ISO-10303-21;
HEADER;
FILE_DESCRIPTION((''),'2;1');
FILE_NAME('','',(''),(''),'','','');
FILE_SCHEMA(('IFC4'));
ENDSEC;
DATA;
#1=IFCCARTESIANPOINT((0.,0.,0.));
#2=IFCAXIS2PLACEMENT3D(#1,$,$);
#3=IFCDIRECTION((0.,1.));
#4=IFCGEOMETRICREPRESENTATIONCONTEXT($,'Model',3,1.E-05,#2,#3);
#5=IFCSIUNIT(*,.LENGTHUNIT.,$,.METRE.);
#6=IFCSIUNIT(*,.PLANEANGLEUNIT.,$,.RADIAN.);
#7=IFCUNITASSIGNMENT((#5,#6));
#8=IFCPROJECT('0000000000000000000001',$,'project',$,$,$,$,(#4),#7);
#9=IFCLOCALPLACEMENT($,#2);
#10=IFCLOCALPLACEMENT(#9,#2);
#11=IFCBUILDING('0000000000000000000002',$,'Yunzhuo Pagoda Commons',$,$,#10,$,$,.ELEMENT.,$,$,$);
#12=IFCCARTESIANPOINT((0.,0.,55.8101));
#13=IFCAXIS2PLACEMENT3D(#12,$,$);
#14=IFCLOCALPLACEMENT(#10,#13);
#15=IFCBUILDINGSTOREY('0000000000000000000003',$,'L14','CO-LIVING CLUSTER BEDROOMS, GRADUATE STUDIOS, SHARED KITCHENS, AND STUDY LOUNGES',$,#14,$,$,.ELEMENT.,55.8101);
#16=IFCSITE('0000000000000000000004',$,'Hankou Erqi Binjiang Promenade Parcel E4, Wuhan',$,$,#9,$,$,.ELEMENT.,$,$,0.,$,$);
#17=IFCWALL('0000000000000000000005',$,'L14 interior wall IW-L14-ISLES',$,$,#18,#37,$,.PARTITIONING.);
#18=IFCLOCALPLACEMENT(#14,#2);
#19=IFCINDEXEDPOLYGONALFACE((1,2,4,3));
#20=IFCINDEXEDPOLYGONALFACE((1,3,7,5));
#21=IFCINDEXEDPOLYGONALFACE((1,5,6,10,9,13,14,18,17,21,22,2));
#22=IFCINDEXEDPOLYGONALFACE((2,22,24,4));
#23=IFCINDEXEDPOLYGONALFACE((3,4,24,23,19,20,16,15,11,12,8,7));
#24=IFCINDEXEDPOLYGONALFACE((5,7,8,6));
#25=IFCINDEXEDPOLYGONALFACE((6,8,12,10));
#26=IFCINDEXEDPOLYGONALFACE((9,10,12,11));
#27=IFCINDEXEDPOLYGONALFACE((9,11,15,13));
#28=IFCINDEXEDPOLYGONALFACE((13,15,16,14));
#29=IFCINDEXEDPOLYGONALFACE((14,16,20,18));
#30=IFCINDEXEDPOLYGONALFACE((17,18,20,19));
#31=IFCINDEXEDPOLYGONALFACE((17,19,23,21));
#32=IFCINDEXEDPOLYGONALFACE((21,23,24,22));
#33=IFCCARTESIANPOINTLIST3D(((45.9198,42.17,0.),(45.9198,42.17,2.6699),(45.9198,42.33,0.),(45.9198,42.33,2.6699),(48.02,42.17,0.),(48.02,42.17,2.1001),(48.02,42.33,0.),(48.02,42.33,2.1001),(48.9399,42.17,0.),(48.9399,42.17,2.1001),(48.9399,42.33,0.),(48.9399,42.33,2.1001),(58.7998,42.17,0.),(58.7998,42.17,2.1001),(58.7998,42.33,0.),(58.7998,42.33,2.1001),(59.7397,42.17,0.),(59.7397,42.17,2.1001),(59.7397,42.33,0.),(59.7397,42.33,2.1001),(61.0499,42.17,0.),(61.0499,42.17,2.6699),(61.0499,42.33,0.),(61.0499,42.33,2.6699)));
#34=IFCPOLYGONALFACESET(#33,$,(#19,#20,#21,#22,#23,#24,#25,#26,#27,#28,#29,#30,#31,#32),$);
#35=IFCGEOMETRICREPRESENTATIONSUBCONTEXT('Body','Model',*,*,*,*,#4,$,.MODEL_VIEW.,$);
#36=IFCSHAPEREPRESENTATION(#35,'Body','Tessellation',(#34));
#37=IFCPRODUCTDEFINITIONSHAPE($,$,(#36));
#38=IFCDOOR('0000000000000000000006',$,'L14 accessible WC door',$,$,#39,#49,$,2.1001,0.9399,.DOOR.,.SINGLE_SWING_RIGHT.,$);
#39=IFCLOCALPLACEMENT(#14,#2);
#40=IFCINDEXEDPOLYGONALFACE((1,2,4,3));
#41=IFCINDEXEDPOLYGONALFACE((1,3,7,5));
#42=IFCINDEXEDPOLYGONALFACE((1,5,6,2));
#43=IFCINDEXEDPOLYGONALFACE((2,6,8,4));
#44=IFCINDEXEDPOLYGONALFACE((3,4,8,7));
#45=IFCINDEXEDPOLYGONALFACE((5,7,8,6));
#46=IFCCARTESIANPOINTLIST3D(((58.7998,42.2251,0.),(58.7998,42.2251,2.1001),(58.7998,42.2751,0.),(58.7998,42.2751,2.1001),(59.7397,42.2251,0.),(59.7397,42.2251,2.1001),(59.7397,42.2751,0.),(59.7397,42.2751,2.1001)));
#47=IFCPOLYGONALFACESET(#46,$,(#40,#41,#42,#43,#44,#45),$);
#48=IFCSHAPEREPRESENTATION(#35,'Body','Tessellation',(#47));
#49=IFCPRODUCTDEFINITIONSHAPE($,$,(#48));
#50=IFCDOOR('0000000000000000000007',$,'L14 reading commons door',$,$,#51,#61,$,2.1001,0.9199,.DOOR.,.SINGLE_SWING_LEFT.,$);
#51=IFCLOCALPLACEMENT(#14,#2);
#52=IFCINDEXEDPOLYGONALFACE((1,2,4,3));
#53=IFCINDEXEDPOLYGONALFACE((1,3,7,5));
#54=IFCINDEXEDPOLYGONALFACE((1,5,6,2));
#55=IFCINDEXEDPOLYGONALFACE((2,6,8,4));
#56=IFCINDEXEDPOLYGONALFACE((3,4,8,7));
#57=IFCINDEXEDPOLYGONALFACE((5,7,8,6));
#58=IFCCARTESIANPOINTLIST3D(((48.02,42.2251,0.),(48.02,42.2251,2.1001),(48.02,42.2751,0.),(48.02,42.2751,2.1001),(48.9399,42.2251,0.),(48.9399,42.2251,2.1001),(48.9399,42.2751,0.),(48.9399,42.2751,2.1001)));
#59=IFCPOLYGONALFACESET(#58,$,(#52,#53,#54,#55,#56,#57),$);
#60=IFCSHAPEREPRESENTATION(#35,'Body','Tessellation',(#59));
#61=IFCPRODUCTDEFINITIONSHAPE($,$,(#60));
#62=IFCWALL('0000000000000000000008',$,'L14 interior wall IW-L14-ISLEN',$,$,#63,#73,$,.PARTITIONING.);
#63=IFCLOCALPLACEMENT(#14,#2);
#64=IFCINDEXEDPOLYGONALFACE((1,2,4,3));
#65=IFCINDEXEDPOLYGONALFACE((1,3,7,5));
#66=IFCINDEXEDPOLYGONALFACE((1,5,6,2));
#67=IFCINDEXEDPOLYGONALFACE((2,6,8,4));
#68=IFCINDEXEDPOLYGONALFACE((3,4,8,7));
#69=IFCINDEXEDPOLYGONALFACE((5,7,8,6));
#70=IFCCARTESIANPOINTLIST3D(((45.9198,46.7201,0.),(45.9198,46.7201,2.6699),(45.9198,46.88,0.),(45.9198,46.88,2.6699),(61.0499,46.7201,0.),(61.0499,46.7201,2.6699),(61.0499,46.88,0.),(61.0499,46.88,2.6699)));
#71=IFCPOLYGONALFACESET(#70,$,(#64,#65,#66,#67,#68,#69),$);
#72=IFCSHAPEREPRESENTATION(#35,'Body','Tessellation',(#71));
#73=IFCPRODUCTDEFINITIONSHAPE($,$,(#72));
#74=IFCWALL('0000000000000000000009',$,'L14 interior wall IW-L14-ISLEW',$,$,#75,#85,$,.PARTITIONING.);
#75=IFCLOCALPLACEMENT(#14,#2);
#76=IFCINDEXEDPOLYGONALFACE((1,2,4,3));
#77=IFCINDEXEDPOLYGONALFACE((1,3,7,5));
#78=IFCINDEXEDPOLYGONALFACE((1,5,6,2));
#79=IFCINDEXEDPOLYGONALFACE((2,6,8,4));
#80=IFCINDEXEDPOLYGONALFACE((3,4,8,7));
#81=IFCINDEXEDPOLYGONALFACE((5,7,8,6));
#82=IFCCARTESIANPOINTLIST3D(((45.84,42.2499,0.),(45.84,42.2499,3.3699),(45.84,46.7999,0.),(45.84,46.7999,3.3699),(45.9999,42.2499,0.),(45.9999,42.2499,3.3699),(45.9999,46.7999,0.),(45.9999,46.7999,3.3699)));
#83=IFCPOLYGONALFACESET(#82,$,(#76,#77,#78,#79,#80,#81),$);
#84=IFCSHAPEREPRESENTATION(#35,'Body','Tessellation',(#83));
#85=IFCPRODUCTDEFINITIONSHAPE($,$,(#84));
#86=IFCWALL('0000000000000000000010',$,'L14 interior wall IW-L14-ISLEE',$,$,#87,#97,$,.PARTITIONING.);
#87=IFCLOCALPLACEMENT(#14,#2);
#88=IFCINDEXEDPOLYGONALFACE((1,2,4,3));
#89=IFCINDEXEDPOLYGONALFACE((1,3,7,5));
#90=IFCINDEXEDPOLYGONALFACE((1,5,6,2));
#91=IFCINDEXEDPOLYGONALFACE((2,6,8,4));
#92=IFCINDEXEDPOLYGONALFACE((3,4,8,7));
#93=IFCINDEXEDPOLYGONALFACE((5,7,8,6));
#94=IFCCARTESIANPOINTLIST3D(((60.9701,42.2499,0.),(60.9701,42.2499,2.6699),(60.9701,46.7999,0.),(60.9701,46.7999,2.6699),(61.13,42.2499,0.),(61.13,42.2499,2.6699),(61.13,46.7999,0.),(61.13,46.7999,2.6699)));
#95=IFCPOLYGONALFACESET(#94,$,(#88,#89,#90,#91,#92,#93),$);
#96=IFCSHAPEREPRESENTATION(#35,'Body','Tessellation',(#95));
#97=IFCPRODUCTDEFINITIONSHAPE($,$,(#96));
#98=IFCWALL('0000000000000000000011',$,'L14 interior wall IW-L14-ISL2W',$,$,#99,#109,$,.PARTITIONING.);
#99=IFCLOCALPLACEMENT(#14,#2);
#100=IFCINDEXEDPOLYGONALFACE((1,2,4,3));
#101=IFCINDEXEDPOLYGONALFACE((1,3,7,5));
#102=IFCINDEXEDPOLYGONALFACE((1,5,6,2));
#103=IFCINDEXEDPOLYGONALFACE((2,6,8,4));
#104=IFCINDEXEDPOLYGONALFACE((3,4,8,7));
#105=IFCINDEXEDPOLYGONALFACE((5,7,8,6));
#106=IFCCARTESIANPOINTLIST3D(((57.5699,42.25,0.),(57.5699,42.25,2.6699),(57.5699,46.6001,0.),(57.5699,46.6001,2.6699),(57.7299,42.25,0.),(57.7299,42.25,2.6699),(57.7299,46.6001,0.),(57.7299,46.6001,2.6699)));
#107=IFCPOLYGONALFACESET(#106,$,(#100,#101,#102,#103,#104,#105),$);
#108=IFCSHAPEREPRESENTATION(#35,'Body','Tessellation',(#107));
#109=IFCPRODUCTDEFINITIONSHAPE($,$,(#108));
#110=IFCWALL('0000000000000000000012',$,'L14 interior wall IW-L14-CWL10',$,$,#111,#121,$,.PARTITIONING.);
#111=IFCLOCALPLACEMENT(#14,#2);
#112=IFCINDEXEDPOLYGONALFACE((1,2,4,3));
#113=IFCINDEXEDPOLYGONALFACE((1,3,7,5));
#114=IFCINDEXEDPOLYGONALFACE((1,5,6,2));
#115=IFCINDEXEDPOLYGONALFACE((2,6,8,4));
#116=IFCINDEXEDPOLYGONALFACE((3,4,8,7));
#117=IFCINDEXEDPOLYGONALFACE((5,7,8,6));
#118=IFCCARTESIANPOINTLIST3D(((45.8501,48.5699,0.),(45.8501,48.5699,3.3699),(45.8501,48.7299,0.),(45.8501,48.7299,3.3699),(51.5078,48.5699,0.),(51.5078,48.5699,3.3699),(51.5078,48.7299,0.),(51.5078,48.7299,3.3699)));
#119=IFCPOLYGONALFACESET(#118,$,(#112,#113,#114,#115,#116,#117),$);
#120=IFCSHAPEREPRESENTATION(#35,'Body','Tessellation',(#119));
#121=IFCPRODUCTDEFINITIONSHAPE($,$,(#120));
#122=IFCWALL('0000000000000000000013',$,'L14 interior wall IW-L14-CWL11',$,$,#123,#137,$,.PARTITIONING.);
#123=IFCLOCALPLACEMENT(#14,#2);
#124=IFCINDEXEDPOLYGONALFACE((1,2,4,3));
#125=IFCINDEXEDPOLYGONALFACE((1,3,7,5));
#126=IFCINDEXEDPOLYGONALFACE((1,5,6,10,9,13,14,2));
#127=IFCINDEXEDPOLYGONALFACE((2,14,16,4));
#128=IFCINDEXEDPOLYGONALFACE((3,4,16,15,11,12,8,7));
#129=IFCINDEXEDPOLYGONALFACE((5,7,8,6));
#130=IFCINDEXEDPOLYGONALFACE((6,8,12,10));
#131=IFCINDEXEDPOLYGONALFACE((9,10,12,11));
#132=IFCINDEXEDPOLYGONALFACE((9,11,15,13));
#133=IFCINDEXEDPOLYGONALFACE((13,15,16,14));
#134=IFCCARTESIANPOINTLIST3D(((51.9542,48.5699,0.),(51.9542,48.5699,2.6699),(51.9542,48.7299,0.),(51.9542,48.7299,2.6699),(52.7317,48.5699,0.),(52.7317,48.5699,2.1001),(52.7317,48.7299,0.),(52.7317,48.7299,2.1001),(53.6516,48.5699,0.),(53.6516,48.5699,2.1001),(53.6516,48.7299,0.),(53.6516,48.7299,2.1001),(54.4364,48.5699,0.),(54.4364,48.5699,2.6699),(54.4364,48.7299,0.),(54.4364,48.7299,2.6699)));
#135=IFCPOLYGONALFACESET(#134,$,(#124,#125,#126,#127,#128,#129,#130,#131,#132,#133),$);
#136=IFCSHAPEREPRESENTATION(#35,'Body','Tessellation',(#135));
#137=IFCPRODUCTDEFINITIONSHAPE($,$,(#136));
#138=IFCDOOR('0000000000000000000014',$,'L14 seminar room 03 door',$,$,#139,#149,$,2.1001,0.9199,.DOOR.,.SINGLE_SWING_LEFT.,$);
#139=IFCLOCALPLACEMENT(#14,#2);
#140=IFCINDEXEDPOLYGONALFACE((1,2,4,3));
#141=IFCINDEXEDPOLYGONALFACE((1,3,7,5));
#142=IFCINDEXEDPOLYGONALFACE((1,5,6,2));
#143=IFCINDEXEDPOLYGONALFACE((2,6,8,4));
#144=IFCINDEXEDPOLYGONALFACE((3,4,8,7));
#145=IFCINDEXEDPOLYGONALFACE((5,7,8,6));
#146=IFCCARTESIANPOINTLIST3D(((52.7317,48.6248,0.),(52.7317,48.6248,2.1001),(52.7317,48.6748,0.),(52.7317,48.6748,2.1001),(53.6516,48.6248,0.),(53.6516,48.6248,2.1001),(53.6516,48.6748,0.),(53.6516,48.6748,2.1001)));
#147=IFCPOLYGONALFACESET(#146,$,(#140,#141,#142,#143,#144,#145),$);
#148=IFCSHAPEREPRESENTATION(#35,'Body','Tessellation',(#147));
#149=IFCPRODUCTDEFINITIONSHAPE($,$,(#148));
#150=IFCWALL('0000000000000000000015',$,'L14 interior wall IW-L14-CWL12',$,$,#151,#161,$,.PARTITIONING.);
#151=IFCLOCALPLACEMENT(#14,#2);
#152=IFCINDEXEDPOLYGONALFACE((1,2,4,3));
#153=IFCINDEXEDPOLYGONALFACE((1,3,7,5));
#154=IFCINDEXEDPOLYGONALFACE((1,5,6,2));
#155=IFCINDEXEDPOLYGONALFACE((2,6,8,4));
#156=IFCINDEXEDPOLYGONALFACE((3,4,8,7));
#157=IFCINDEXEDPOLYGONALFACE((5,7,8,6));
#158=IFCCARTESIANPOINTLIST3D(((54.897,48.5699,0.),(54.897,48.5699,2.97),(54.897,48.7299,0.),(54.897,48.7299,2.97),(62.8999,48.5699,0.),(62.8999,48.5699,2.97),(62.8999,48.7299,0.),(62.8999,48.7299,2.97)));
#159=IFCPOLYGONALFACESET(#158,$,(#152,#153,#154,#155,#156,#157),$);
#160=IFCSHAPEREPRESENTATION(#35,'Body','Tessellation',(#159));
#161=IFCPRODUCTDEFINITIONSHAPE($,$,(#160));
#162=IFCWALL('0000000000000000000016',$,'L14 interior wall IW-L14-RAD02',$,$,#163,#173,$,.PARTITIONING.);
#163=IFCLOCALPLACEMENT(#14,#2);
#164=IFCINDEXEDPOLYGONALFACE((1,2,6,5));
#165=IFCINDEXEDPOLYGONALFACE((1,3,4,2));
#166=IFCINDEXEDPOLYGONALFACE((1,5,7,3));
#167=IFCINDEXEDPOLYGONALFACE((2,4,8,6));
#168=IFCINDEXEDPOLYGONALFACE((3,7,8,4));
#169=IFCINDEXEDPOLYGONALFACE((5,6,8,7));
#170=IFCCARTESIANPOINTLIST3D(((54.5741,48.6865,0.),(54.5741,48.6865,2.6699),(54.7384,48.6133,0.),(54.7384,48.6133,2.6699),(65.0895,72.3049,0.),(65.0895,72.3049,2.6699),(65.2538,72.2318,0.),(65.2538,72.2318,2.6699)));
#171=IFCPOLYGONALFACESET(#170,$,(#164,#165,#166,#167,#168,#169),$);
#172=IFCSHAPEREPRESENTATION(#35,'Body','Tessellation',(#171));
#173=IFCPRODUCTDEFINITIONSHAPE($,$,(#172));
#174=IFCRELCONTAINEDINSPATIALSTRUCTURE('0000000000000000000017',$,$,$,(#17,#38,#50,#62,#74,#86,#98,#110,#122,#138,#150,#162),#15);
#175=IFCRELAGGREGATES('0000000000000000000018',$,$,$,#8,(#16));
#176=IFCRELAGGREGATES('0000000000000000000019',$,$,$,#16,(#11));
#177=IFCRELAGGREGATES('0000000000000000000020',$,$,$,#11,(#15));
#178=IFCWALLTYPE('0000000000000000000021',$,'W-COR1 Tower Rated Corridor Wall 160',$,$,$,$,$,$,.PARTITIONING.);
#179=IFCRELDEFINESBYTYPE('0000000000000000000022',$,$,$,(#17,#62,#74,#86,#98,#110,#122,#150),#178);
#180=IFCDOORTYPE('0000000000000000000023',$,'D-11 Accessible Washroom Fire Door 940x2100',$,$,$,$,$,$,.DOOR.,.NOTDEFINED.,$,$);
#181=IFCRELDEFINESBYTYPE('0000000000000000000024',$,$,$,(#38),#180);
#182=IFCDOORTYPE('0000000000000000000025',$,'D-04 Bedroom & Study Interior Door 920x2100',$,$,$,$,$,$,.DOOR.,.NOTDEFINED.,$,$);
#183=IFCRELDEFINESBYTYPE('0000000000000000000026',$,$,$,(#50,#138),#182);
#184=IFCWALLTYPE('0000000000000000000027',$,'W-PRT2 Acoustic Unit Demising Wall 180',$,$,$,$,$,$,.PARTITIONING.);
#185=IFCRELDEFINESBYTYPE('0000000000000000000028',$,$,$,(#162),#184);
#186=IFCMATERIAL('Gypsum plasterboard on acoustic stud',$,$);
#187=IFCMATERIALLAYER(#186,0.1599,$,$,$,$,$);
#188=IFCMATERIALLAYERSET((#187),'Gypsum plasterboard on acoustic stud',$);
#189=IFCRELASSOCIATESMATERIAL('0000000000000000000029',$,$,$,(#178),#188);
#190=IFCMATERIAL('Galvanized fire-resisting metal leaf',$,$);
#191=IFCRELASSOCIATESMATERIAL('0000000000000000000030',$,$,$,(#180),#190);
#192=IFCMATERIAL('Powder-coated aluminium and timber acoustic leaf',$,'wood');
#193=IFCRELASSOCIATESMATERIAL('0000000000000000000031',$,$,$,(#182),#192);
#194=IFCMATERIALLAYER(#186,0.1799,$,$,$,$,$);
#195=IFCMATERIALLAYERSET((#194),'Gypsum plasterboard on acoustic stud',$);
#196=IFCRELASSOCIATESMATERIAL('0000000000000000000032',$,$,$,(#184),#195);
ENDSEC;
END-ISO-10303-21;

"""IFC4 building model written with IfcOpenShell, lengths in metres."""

from ifc_helpers import new_model, si_unit, direction, frame, frame_2d, origin, origin_with_axes, place, context, subcontext, project, spatial, rectangle, extrude, source, transform, mapped, material, layer, layer_set, type_object, element, fill, save


model = new_model("IFC4")

# Units and contexts
model_context = context("Model", 3, precision=1e-05, world=origin(), true_north=direction((0.0, 1.0)))
body_context = subcontext(model_context, "Body", "Model", "MODEL_VIEW")
ifc_project = project(units=[si_unit("LENGTHUNIT", "METRE"), si_unit("PLANEANGLEUNIT", "RADIAN")], contexts=[model_context])

# Site, building, storey
site_placement = place(None, origin())
site = spatial("IfcSite", under=ifc_project, at=site_placement, Name="Hankou Erqi Binjiang Promenade Parcel E4, Wuhan", CompositionType="ELEMENT", RefElevation=0.0)
building_placement = place(site_placement, origin())
building = spatial("IfcBuilding", under=site, at=building_placement, Name="Yunzhuo Pagoda Commons", CompositionType="ELEMENT")
storey_placement = place(building_placement, frame((0.0, 0.0, 55.8101)))
storey = spatial("IfcBuildingStorey", under=building, at=storey_placement, Name="L14", Description="CO-LIVING CLUSTER BEDROOMS, GRADUATE STUDIOS, SHARED KITCHENS, AND STUDY LOUNGES", CompositionType="ELEMENT", Elevation=55.8101)

# Shared definitions
ifc_material_1 = material(Name="Galvanized fire-resisting metal leaf")

# Wall, openings, doors
ifc_material_2 = material(Name="Gypsum plasterboard on acoustic stud")
ifc_layer_1 = layer(ifc_material_2, 0.1599)
ifc_layer_set_1 = layer_set([ifc_layer_1], Name="Gypsum plasterboard on acoustic stud")
wall_type_1 = type_object("IfcWallType", Name="W-COR1 Tower Rated Corridor Wall 160", PredefinedType="PARTITIONING", material=ifc_layer_set_1)
wall_1_placement = place(storey_placement, frame((45.9199, 42.25, 0.0), z_axis=(0.0, 0.0, 1.0), x_axis=(1.0, 0.0, 0.0)))
wall_1 = element("IfcWall", 1, at=wall_1_placement, inside=storey, type_object=wall_type_1, Name="L14 interior wall IW-L14-ISLES", PredefinedType="PARTITIONING", context=body_context, shape_type="SweptSolid", body=[
    extrude(rectangle(XDim=15.1301, YDim=0.1599, at=frame_2d((7.5649, 0.0))), origin(), (0.0, 0.0, 1.0), 2.6699),
])
opening_1_placement = place(wall_1_placement, frame((2.1001, 0.0, 0.0)))
opening_1 = element("IfcOpeningElement", 2, at=opening_1_placement, cuts=wall_1, PredefinedType="OPENING", context=body_context, shape_type="SweptSolid", body=[
    extrude(rectangle(XDim=0.9199, YDim=2.1001, at=frame_2d((0.46, 1.05))), frame((0.0, 0.0898, 0.0), z_axis=(0.0, -1.0, 0.0), x_axis=(1.0, 0.0, 0.0)), (0.0, 0.0, 1.0), 0.1799),
])
opening_2_placement = place(wall_1_placement, frame((12.8799, 0.0, 0.0)))
opening_2 = element("IfcOpeningElement", 3, at=opening_2_placement, cuts=wall_1, PredefinedType="OPENING", context=body_context, shape_type="SweptSolid", body=[
    extrude(rectangle(XDim=0.9399, YDim=2.1001, at=frame_2d((0.47, 1.05))), frame((0.0, 0.0898, 0.0), z_axis=(0.0, -1.0, 0.0), x_axis=(1.0, 0.0, 0.0)), (0.0, 0.0, 1.0), 0.1799),
])
door_type_1 = type_object("IfcDoorType", Name="D-11 Accessible Washroom Fire Door 940x2100", OperationType="NOTDEFINED", PredefinedType="DOOR", material=ifc_material_1)
shared_shape_1 = source(origin(), body_context, "Body", "SweptSolid", [
    extrude(rectangle(XDim=0.9399, YDim=2.1001, at=frame_2d((0.47, 1.05))), frame((0.0, 0.0249, 0.0), z_axis=(0.0, -1.0, 0.0), x_axis=(1.0, 0.0, 0.0)), (0.0, 0.0, 1.0), 0.05),
])
door_1_placement = place(opening_2_placement, frame((0.9399, 0.0, 0.0), z_axis=(0.0, 0.0, 1.0), x_axis=(-1.0, 0.0, 0.0)))
door_1 = element("IfcDoor", 4, at=door_1_placement, inside=storey, type_object=door_type_1, Name="L14 accessible WC door", OperationType="SINGLE_SWING_RIGHT", OverallHeight=2.1001, OverallWidth=0.9399, PredefinedType="DOOR", context=body_context, shape_type="MappedRepresentation", body=[
    mapped(shared_shape_1, transform((0.0, 0.0, 0.0), scale=1.0)),
])
fill(opening_2, door_1)
ifc_material_3 = material(Name="Powder-coated aluminium and timber acoustic leaf", Category="wood")
door_type_2 = type_object("IfcDoorType", Name="D-04 Bedroom & Study Interior Door 920x2100", OperationType="NOTDEFINED", PredefinedType="DOOR", material=ifc_material_3)
shared_shape_2 = source(origin(), body_context, "Body", "SweptSolid", [
    extrude(rectangle(XDim=0.9199, YDim=2.1001, at=frame_2d((0.46, 1.05))), frame((0.0, 0.0249, 0.0), z_axis=(0.0, -1.0, 0.0), x_axis=(1.0, 0.0, 0.0)), (0.0, 0.0, 1.0), 0.05),
])
door_2_placement = place(opening_1_placement, frame((0.9199, 0.0, 0.0), z_axis=(0.0, 0.0, 1.0), x_axis=(-1.0, 0.0, 0.0)))
door_2 = element("IfcDoor", 5, at=door_2_placement, inside=storey, type_object=door_type_2, Name="L14 reading commons door", OperationType="SINGLE_SWING_LEFT", OverallHeight=2.1001, OverallWidth=0.9199, PredefinedType="DOOR", context=body_context, shape_type="MappedRepresentation", body=[
    mapped(shared_shape_2, transform((0.0, 0.0, 0.0), scale=1.0)),
])
fill(opening_1, door_2)

# Walls
wall_2_placement = place(storey_placement, frame((45.9199, 46.8, 0.0), z_axis=(0.0, 0.0, 1.0), x_axis=(1.0, 0.0, 0.0)))
element("IfcWall", 6, at=wall_2_placement, inside=storey, type_object=wall_type_1, Name="L14 interior wall IW-L14-ISLEN", PredefinedType="PARTITIONING", context=body_context, shape_type="SweptSolid", body=[
    extrude(rectangle(XDim=15.1301, YDim=0.1599, at=frame_2d((7.5649, 0.0))), origin(), (0.0, 0.0, 1.0), 2.6699),
])
wall_3_placement = place(storey_placement, frame((45.9199, 42.25, 0.0), z_axis=(0.0, 0.0, 1.0), x_axis=(0.0, 1.0, 0.0)))
element("IfcWall", 7, at=wall_3_placement, inside=storey, type_object=wall_type_1, Name="L14 interior wall IW-L14-ISLEW", PredefinedType="PARTITIONING", context=body_context, shape_type="SweptSolid", body=[
    extrude(rectangle(XDim=4.55, YDim=0.1599, at=frame_2d((2.2749, 0.0))), origin(), (0.0, 0.0, 1.0), 3.3699),
])
wall_4_placement = place(storey_placement, frame((61.05, 42.25, 0.0), z_axis=(0.0, 0.0, 1.0), x_axis=(0.0, 1.0, 0.0)))
element("IfcWall", 8, at=wall_4_placement, inside=storey, type_object=wall_type_1, Name="L14 interior wall IW-L14-ISLEE", PredefinedType="PARTITIONING", context=body_context, shape_type="SweptSolid", body=[
    extrude(rectangle(XDim=4.55, YDim=0.1599, at=frame_2d((2.2749, 0.0))), origin(), (0.0, 0.0, 1.0), 2.6699),
])
wall_5_placement = place(storey_placement, frame((57.6499, 42.25, 0.0), z_axis=(0.0, 0.0, 1.0), x_axis=(0.0, 1.0, 0.0)))
element("IfcWall", 9, at=wall_5_placement, inside=storey, type_object=wall_type_1, Name="L14 interior wall IW-L14-ISL2W", PredefinedType="PARTITIONING", context=body_context, shape_type="SweptSolid", body=[
    extrude(rectangle(XDim=4.3501, YDim=0.1599, at=frame_2d((2.175, 0.0))), origin(), (0.0, 0.0, 1.0), 2.6699),
])
wall_6_placement = place(storey_placement, frame((45.8501, 48.6499, 0.0), z_axis=(0.0, 0.0, 1.0), x_axis=(1.0, 0.0, 0.0)))
element("IfcWall", 10, at=wall_6_placement, inside=storey, type_object=wall_type_1, Name="L14 interior wall IW-L14-CWL10", PredefinedType="PARTITIONING", context=body_context, shape_type="SweptSolid", body=[
    extrude(rectangle(XDim=5.6577, YDim=0.1599, at=frame_2d((2.8289, 0.0))), origin(), (0.0, 0.0, 1.0), 3.3699),
])

# Wall, opening, door
wall_7_placement = place(storey_placement, frame((51.9541, 48.6499, 0.0), z_axis=(0.0, 0.0, 1.0), x_axis=(1.0, 0.0, 0.0)))
wall_7 = element("IfcWall", 11, at=wall_7_placement, inside=storey, type_object=wall_type_1, Name="L14 interior wall IW-L14-CWL11", PredefinedType="PARTITIONING", context=body_context, shape_type="SweptSolid", body=[
    extrude(rectangle(XDim=2.4822, YDim=0.1599, at=frame_2d((1.2412, 0.0))), origin(), (0.0, 0.0, 1.0), 2.6699),
])
opening_3_placement = place(wall_7_placement, frame((0.7776, 0.0, 0.0)))
opening_3 = element("IfcOpeningElement", 12, at=opening_3_placement, cuts=wall_7, PredefinedType="OPENING", context=body_context, shape_type="SweptSolid", body=[
    extrude(rectangle(XDim=0.9199, YDim=2.1001, at=frame_2d((0.46, 1.05))), frame((0.0, 0.0898, 0.0), z_axis=(0.0, -1.0, 0.0), x_axis=(1.0, 0.0, 0.0)), (0.0, 0.0, 1.0), 0.1799),
])
door_3_placement = place(opening_3_placement, origin_with_axes())
door_3 = element("IfcDoor", 13, at=door_3_placement, inside=storey, type_object=door_type_2, Name="L14 seminar room 03 door", OperationType="SINGLE_SWING_LEFT", OverallHeight=2.1001, OverallWidth=0.9199, PredefinedType="DOOR", context=body_context, shape_type="MappedRepresentation", body=[
    mapped(shared_shape_2, transform((0.0, 0.0, 0.0), scale=1.0)),
])
fill(opening_3, door_3)

# Walls
wall_8_placement = place(storey_placement, frame((54.897, 48.6499, 0.0), z_axis=(0.0, 0.0, 1.0), x_axis=(1.0, 0.0, 0.0)))
element("IfcWall", 14, at=wall_8_placement, inside=storey, type_object=wall_type_1, Name="L14 interior wall IW-L14-CWL12", PredefinedType="PARTITIONING", context=body_context, shape_type="SweptSolid", body=[
    extrude(rectangle(XDim=8.0029, YDim=0.1599, at=frame_2d((4.0015, 0.0))), origin(), (0.0, 0.0, 1.0), 2.97),
])
ifc_layer_2 = layer(ifc_material_2, 0.1799)
ifc_layer_set_2 = layer_set([ifc_layer_2], Name="Gypsum plasterboard on acoustic stud")
wall_type_2 = type_object("IfcWallType", Name="W-PRT2 Acoustic Unit Demising Wall 180", PredefinedType="PARTITIONING", material=ifc_layer_set_2)
wall_9_placement = place(storey_placement, frame((54.6562, 48.6499, 0.0), z_axis=(0.0, 0.0, 1.0), x_axis=(0.40673, 0.913549, 0.0)))
element("IfcWall", 15, at=wall_9_placement, inside=storey, type_object=wall_type_2, Name="L14 interior wall IW-L14-RAD02", PredefinedType="PARTITIONING", context=body_context, shape_type="SweptSolid", body=[
    extrude(rectangle(XDim=25.8535, YDim=0.1799, at=frame_2d((12.9268, 0.0))), origin(), (0.0, 0.0, 1.0), 2.6699),
])

save(model, "model.ifc")
